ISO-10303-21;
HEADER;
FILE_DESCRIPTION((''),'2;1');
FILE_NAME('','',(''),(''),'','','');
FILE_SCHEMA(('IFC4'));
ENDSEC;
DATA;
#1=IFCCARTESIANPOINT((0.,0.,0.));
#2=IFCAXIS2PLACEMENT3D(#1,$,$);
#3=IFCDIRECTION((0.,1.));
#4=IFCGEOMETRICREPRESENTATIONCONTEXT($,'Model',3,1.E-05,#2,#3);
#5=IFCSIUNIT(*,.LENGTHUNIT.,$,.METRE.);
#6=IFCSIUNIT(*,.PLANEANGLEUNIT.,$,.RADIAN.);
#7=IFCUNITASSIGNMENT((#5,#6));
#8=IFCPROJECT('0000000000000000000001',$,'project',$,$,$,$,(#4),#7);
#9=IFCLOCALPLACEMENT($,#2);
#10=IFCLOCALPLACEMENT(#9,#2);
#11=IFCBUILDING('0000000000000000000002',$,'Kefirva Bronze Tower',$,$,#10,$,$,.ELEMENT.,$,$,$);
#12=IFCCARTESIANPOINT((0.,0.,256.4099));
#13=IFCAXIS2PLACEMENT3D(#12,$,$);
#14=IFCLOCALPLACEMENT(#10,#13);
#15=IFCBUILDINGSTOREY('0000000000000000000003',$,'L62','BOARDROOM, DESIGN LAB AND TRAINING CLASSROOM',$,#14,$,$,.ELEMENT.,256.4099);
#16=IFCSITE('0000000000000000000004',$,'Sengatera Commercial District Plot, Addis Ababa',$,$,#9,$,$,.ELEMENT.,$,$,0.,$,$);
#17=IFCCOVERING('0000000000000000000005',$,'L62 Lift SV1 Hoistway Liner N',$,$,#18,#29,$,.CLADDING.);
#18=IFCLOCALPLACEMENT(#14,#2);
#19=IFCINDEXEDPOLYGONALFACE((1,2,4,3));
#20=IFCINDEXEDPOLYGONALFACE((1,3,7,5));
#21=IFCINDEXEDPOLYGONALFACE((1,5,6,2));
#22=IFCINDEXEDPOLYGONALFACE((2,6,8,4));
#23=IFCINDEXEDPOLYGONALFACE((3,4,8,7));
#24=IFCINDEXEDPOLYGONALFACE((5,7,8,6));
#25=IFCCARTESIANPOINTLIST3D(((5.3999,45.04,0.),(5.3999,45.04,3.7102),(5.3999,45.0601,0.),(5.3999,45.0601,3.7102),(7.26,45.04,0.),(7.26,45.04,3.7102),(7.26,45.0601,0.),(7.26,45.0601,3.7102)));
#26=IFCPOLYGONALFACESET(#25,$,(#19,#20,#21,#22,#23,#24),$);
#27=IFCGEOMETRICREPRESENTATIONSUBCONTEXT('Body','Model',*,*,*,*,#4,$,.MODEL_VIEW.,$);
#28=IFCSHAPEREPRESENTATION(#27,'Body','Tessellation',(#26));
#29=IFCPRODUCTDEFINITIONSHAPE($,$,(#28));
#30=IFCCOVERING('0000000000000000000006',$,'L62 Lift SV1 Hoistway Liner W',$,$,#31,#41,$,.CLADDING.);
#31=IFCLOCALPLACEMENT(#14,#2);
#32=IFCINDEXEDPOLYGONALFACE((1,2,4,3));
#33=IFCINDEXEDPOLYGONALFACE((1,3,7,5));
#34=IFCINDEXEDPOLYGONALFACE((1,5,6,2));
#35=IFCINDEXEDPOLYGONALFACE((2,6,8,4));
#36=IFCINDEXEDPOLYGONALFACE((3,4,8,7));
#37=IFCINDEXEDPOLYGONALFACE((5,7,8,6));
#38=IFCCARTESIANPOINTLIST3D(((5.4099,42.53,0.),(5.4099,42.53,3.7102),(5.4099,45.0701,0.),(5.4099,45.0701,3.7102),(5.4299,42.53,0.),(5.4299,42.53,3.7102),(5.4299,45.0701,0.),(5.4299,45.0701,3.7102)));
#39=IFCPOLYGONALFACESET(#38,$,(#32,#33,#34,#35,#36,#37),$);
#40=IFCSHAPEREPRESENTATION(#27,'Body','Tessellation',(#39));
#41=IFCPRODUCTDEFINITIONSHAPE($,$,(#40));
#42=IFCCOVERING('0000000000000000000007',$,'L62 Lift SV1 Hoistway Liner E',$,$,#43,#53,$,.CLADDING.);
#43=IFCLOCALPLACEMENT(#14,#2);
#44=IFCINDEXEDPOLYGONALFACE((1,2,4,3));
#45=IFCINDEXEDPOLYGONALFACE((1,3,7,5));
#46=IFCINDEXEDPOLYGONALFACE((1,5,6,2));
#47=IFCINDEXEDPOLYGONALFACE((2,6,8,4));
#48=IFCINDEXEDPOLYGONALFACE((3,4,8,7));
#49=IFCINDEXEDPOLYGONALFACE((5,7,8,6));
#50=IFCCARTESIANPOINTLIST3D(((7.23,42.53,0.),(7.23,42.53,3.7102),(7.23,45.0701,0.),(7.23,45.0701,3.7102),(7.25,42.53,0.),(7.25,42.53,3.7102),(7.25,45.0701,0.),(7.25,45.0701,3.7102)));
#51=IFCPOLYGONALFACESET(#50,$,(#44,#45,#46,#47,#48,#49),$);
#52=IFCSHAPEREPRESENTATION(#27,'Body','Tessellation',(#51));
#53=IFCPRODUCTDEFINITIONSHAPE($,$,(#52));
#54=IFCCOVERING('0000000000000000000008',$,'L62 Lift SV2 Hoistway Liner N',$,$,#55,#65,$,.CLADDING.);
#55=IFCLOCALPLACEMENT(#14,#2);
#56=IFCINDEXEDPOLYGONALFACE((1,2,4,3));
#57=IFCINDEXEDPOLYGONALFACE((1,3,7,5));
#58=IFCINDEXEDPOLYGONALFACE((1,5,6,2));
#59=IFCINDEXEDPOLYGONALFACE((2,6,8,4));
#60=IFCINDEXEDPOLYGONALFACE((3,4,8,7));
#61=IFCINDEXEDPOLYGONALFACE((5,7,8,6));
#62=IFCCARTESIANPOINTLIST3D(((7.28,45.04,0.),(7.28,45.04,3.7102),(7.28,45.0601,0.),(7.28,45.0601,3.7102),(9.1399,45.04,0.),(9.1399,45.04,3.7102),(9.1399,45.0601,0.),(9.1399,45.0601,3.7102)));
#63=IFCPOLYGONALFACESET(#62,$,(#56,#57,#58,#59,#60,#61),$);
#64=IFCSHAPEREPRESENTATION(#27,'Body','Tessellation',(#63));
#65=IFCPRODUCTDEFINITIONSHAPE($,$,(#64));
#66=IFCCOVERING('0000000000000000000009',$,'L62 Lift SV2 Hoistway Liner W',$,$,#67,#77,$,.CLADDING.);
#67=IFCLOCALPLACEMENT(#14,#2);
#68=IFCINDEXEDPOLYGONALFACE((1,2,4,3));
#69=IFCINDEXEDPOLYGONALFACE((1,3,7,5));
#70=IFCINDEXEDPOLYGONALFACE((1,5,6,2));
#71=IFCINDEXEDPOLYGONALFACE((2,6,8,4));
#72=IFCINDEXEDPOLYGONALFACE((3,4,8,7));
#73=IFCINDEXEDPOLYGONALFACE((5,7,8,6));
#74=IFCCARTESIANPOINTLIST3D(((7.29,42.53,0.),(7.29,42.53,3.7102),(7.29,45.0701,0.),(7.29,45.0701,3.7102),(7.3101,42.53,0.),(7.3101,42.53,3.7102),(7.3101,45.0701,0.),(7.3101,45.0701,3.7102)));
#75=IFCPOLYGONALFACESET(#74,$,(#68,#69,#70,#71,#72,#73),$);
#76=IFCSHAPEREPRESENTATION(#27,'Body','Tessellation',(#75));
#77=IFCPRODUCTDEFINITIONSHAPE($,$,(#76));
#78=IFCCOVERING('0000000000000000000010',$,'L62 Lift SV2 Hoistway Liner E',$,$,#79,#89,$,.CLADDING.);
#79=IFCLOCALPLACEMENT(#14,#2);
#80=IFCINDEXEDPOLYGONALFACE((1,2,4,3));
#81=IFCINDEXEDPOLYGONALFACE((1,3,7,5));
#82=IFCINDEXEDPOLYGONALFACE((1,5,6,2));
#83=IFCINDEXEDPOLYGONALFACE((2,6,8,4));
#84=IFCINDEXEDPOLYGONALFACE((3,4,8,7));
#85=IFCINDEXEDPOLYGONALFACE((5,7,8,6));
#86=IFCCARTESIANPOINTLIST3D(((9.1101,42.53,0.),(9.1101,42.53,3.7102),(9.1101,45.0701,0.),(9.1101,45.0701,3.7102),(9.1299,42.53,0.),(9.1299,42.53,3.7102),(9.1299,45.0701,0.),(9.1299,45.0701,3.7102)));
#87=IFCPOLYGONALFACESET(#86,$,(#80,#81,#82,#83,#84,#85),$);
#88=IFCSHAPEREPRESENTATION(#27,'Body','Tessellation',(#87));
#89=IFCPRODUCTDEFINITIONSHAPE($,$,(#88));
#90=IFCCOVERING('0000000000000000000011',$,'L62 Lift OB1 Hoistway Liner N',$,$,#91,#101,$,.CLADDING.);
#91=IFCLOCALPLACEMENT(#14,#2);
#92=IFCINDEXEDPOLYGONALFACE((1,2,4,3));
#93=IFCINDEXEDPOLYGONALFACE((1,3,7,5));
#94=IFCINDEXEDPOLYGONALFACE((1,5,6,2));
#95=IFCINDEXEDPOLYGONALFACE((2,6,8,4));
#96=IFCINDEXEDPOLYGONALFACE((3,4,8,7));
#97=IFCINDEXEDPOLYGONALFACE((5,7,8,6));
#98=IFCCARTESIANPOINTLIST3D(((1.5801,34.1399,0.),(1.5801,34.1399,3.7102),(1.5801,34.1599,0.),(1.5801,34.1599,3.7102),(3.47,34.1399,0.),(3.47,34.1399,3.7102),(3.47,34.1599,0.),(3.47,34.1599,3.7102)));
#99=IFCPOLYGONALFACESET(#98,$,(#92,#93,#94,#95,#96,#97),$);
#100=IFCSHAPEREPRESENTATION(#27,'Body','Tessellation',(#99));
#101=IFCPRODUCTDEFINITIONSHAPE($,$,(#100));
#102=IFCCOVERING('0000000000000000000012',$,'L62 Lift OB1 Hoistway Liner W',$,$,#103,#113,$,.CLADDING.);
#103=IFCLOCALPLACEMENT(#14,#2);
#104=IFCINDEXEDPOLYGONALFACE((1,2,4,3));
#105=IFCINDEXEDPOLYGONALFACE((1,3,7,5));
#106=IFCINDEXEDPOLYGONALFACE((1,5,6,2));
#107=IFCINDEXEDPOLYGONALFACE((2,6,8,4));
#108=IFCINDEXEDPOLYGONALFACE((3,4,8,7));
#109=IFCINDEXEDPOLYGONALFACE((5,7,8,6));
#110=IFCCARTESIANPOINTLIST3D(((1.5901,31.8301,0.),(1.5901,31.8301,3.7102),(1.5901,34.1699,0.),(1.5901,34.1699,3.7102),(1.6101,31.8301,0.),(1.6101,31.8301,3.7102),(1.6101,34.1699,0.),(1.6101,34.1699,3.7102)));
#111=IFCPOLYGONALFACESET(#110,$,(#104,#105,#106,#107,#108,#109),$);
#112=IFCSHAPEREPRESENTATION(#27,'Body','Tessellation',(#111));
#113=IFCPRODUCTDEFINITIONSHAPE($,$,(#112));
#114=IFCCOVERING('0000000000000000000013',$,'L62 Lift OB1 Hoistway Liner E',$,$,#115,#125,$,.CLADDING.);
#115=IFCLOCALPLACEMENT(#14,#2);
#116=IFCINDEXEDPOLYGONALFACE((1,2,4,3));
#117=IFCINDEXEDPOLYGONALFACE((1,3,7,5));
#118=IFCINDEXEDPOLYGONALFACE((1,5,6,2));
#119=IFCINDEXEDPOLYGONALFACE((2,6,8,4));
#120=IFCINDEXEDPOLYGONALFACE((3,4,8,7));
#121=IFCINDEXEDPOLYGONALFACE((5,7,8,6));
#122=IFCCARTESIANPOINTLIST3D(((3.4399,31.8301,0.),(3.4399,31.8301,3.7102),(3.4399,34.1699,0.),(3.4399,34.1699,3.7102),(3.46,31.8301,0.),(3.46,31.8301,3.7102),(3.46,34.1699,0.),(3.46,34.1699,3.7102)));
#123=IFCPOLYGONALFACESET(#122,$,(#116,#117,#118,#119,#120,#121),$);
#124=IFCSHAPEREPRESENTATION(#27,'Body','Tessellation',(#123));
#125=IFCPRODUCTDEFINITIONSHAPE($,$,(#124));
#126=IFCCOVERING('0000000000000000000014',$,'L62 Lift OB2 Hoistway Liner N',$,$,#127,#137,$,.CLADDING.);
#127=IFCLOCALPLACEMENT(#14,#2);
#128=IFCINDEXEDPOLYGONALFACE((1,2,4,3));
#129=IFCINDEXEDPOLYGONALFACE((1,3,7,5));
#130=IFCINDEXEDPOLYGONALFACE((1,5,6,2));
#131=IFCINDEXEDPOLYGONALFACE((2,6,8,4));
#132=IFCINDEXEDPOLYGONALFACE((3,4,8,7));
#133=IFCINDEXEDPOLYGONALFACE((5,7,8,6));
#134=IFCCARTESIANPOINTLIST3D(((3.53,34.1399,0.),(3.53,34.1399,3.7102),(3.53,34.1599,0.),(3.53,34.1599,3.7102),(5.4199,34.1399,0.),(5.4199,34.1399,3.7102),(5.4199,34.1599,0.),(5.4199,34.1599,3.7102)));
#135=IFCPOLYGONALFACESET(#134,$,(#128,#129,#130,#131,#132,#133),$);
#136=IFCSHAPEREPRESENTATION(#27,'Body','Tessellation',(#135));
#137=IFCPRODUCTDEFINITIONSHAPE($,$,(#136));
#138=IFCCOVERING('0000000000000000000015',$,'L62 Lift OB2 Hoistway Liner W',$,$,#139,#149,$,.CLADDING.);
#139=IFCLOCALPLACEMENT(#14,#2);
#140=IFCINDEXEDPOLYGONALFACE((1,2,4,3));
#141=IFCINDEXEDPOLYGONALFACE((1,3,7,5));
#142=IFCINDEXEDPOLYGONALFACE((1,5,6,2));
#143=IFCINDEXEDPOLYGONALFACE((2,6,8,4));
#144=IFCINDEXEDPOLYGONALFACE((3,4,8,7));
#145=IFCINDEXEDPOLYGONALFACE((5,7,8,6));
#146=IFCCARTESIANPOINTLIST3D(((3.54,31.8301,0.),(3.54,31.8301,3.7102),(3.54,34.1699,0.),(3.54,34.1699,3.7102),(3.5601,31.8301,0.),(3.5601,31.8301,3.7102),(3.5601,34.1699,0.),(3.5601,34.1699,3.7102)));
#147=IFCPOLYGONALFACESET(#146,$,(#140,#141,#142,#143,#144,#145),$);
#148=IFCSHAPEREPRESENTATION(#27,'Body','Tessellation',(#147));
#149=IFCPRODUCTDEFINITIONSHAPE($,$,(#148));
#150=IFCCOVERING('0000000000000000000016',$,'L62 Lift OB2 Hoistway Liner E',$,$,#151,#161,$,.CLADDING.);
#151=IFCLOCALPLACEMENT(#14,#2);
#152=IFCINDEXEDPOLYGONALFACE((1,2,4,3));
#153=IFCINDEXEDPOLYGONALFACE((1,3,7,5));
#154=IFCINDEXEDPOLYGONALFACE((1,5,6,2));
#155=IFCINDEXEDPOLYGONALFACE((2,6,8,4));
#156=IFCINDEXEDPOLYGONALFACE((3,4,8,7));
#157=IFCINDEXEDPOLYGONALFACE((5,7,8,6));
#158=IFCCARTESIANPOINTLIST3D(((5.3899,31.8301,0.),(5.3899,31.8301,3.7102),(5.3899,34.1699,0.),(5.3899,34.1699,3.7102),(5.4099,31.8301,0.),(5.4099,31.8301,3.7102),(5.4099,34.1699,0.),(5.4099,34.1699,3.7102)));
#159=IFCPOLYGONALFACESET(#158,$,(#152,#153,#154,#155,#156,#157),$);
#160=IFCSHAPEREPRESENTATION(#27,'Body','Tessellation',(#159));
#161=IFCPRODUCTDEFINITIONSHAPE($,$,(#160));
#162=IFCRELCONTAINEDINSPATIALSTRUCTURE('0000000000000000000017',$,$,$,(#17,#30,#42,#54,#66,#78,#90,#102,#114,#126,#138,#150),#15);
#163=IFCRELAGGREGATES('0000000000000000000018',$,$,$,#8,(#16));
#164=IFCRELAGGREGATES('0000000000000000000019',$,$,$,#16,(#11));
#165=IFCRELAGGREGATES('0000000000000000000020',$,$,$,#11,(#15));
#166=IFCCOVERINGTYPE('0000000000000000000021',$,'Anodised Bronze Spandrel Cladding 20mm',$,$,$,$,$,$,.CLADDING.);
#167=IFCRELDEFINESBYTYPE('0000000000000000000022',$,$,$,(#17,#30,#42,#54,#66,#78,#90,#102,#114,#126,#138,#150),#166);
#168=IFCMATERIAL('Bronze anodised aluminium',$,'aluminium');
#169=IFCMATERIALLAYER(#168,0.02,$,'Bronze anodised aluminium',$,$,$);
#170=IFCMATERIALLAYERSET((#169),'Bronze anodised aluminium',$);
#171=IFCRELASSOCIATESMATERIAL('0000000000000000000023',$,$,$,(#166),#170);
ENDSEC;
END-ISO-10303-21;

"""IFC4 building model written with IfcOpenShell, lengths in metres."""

from ifc_helpers import new_model, si_unit, direction, frame, origin, place, context, subcontext, project, spatial, polyline, outline, extrude, material, layer, layer_set, type_object, element, save


model = new_model("IFC4")

# Units and contexts
model_context = context("Model", 3, precision=1e-05, world=origin(), true_north=direction((0.0, 1.0)))
body_context = subcontext(model_context, "Body", "Model", "MODEL_VIEW")
ifc_project = project(units=[si_unit("LENGTHUNIT", "METRE"), si_unit("PLANEANGLEUNIT", "RADIAN")], contexts=[model_context])

# Site, building, storey
site_placement = place(None, origin())
site = spatial("IfcSite", under=ifc_project, at=site_placement, Name="Sengatera Commercial District Plot, Addis Ababa", CompositionType="ELEMENT", RefElevation=0.0)
building_placement = place(site_placement, origin())
building = spatial("IfcBuilding", under=site, at=building_placement, Name="Kefirva Bronze Tower", CompositionType="ELEMENT")
storey_placement = place(building_placement, frame((0.0, 0.0, 256.4099)))
storey = spatial("IfcBuildingStorey", under=building, at=storey_placement, Name="L62", Description="BOARDROOM, DESIGN LAB AND TRAINING CLASSROOM", CompositionType="ELEMENT", Elevation=256.4099)

# Coverings
ifc_material_1 = material(Name="Bronze anodised aluminium", Category="aluminium")
ifc_layer_1 = layer(ifc_material_1, 0.02, Name="Bronze anodised aluminium")
ifc_layer_set_1 = layer_set([ifc_layer_1], Name="Bronze anodised aluminium")
covering_type = type_object("IfcCoveringType", Name="Anodised Bronze Spandrel Cladding 20mm", PredefinedType="CLADDING", material=ifc_layer_set_1)
covering_1_placement = place(storey_placement, origin())
element("IfcCovering", 1, at=covering_1_placement, inside=storey, type_object=covering_type, Name="L62 Lift SV1 Hoistway Liner N", PredefinedType="CLADDING", context=body_context, shape_type="SweptSolid", body=[
    extrude(outline(polyline([(5.3999, 45.04), (7.26, 45.04), (7.26, 45.0601), (5.3999, 45.0601), (5.3999, 45.04)])), origin(), (0.0, 0.0, 1.0), 3.7102),
])
covering_2_placement = place(storey_placement, origin())
element("IfcCovering", 2, at=covering_2_placement, inside=storey, type_object=covering_type, Name="L62 Lift SV1 Hoistway Liner W", PredefinedType="CLADDING", context=body_context, shape_type="SweptSolid", body=[
    extrude(outline(polyline([(5.4099, 42.53), (5.4299, 42.53), (5.4299, 45.0701), (5.4099, 45.0701), (5.4099, 42.53)])), origin(), (0.0, 0.0, 1.0), 3.7102),
])
covering_3_placement = place(storey_placement, origin())
element("IfcCovering", 3, at=covering_3_placement, inside=storey, type_object=covering_type, Name="L62 Lift SV1 Hoistway Liner E", PredefinedType="CLADDING", context=body_context, shape_type="SweptSolid", body=[
    extrude(outline(polyline([(7.23, 42.53), (7.25, 42.53), (7.25, 45.0701), (7.23, 45.0701), (7.23, 42.53)])), origin(), (0.0, 0.0, 1.0), 3.7102),
])
covering_4_placement = place(storey_placement, origin())
element("IfcCovering", 4, at=covering_4_placement, inside=storey, type_object=covering_type, Name="L62 Lift SV2 Hoistway Liner N", PredefinedType="CLADDING", context=body_context, shape_type="SweptSolid", body=[
    extrude(outline(polyline([(7.28, 45.04), (9.1399, 45.04), (9.1399, 45.0601), (7.28, 45.0601), (7.28, 45.04)])), origin(), (0.0, 0.0, 1.0), 3.7102),
])
covering_5_placement = place(storey_placement, origin())
element("IfcCovering", 5, at=covering_5_placement, inside=storey, type_object=covering_type, Name="L62 Lift SV2 Hoistway Liner W", PredefinedType="CLADDING", context=body_context, shape_type="SweptSolid", body=[
    extrude(outline(polyline([(7.29, 42.53), (7.3101, 42.53), (7.3101, 45.0701), (7.29, 45.0701), (7.29, 42.53)])), origin(), (0.0, 0.0, 1.0), 3.7102),
])
covering_6_placement = place(storey_placement, origin())
element("IfcCovering", 6, at=covering_6_placement, inside=storey, type_object=covering_type, Name="L62 Lift SV2 Hoistway Liner E", PredefinedType="CLADDING", context=body_context, shape_type="SweptSolid", body=[
    extrude(outline(polyline([(9.1101, 42.53), (9.1299, 42.53), (9.1299, 45.0701), (9.1101, 45.0701), (9.1101, 42.53)])), origin(), (0.0, 0.0, 1.0), 3.7102),
])
covering_7_placement = place(storey_placement, origin())
element("IfcCovering", 7, at=covering_7_placement, inside=storey, type_object=covering_type, Name="L62 Lift OB1 Hoistway Liner N", PredefinedType="CLADDING", context=body_context, shape_type="SweptSolid", body=[
    extrude(outline(polyline([(1.5801, 34.1399), (3.47, 34.1399), (3.47, 34.1599), (1.5801, 34.1599), (1.5801, 34.1399)])), origin(), (0.0, 0.0, 1.0), 3.7102),
])
covering_8_placement = place(storey_placement, origin())
element("IfcCovering", 8, at=covering_8_placement, inside=storey, type_object=covering_type, Name="L62 Lift OB1 Hoistway Liner W", PredefinedType="CLADDING", context=body_context, shape_type="SweptSolid", body=[
    extrude(outline(polyline([(1.5901, 31.8301), (1.6101, 31.8301), (1.6101, 34.1699), (1.5901, 34.1699), (1.5901, 31.8301)])), origin(), (0.0, 0.0, 1.0), 3.7102),
])
covering_9_placement = place(storey_placement, origin())
element("IfcCovering", 9, at=covering_9_placement, inside=storey, type_object=covering_type, Name="L62 Lift OB1 Hoistway Liner E", PredefinedType="CLADDING", context=body_context, shape_type="SweptSolid", body=[
    extrude(outline(polyline([(3.4399, 31.8301), (3.46, 31.8301), (3.46, 34.1699), (3.4399, 34.1699), (3.4399, 31.8301)])), origin(), (0.0, 0.0, 1.0), 3.7102),
])
covering_10_placement = place(storey_placement, origin())
element("IfcCovering", 10, at=covering_10_placement, inside=storey, type_object=covering_type, Name="L62 Lift OB2 Hoistway Liner N", PredefinedType="CLADDING", context=body_context, shape_type="SweptSolid", body=[
    extrude(outline(polyline([(3.53, 34.1399), (5.4199, 34.1399), (5.4199, 34.1599), (3.53, 34.1599), (3.53, 34.1399)])), origin(), (0.0, 0.0, 1.0), 3.7102),
])
covering_11_placement = place(storey_placement, origin())
element("IfcCovering", 11, at=covering_11_placement, inside=storey, type_object=covering_type, Name="L62 Lift OB2 Hoistway Liner W", PredefinedType="CLADDING", context=body_context, shape_type="SweptSolid", body=[
    extrude(outline(polyline([(3.54, 31.8301), (3.5601, 31.8301), (3.5601, 34.1699), (3.54, 34.1699), (3.54, 31.8301)])), origin(), (0.0, 0.0, 1.0), 3.7102),
])
covering_12_placement = place(storey_placement, origin())
element("IfcCovering", 12, at=covering_12_placement, inside=storey, type_object=covering_type, Name="L62 Lift OB2 Hoistway Liner E", PredefinedType="CLADDING", context=body_context, shape_type="SweptSolid", body=[
    extrude(outline(polyline([(5.3899, 31.8301), (5.4099, 31.8301), (5.4099, 34.1699), (5.3899, 34.1699), (5.3899, 31.8301)])), origin(), (0.0, 0.0, 1.0), 3.7102),
])

save(model, "model.ifc")
